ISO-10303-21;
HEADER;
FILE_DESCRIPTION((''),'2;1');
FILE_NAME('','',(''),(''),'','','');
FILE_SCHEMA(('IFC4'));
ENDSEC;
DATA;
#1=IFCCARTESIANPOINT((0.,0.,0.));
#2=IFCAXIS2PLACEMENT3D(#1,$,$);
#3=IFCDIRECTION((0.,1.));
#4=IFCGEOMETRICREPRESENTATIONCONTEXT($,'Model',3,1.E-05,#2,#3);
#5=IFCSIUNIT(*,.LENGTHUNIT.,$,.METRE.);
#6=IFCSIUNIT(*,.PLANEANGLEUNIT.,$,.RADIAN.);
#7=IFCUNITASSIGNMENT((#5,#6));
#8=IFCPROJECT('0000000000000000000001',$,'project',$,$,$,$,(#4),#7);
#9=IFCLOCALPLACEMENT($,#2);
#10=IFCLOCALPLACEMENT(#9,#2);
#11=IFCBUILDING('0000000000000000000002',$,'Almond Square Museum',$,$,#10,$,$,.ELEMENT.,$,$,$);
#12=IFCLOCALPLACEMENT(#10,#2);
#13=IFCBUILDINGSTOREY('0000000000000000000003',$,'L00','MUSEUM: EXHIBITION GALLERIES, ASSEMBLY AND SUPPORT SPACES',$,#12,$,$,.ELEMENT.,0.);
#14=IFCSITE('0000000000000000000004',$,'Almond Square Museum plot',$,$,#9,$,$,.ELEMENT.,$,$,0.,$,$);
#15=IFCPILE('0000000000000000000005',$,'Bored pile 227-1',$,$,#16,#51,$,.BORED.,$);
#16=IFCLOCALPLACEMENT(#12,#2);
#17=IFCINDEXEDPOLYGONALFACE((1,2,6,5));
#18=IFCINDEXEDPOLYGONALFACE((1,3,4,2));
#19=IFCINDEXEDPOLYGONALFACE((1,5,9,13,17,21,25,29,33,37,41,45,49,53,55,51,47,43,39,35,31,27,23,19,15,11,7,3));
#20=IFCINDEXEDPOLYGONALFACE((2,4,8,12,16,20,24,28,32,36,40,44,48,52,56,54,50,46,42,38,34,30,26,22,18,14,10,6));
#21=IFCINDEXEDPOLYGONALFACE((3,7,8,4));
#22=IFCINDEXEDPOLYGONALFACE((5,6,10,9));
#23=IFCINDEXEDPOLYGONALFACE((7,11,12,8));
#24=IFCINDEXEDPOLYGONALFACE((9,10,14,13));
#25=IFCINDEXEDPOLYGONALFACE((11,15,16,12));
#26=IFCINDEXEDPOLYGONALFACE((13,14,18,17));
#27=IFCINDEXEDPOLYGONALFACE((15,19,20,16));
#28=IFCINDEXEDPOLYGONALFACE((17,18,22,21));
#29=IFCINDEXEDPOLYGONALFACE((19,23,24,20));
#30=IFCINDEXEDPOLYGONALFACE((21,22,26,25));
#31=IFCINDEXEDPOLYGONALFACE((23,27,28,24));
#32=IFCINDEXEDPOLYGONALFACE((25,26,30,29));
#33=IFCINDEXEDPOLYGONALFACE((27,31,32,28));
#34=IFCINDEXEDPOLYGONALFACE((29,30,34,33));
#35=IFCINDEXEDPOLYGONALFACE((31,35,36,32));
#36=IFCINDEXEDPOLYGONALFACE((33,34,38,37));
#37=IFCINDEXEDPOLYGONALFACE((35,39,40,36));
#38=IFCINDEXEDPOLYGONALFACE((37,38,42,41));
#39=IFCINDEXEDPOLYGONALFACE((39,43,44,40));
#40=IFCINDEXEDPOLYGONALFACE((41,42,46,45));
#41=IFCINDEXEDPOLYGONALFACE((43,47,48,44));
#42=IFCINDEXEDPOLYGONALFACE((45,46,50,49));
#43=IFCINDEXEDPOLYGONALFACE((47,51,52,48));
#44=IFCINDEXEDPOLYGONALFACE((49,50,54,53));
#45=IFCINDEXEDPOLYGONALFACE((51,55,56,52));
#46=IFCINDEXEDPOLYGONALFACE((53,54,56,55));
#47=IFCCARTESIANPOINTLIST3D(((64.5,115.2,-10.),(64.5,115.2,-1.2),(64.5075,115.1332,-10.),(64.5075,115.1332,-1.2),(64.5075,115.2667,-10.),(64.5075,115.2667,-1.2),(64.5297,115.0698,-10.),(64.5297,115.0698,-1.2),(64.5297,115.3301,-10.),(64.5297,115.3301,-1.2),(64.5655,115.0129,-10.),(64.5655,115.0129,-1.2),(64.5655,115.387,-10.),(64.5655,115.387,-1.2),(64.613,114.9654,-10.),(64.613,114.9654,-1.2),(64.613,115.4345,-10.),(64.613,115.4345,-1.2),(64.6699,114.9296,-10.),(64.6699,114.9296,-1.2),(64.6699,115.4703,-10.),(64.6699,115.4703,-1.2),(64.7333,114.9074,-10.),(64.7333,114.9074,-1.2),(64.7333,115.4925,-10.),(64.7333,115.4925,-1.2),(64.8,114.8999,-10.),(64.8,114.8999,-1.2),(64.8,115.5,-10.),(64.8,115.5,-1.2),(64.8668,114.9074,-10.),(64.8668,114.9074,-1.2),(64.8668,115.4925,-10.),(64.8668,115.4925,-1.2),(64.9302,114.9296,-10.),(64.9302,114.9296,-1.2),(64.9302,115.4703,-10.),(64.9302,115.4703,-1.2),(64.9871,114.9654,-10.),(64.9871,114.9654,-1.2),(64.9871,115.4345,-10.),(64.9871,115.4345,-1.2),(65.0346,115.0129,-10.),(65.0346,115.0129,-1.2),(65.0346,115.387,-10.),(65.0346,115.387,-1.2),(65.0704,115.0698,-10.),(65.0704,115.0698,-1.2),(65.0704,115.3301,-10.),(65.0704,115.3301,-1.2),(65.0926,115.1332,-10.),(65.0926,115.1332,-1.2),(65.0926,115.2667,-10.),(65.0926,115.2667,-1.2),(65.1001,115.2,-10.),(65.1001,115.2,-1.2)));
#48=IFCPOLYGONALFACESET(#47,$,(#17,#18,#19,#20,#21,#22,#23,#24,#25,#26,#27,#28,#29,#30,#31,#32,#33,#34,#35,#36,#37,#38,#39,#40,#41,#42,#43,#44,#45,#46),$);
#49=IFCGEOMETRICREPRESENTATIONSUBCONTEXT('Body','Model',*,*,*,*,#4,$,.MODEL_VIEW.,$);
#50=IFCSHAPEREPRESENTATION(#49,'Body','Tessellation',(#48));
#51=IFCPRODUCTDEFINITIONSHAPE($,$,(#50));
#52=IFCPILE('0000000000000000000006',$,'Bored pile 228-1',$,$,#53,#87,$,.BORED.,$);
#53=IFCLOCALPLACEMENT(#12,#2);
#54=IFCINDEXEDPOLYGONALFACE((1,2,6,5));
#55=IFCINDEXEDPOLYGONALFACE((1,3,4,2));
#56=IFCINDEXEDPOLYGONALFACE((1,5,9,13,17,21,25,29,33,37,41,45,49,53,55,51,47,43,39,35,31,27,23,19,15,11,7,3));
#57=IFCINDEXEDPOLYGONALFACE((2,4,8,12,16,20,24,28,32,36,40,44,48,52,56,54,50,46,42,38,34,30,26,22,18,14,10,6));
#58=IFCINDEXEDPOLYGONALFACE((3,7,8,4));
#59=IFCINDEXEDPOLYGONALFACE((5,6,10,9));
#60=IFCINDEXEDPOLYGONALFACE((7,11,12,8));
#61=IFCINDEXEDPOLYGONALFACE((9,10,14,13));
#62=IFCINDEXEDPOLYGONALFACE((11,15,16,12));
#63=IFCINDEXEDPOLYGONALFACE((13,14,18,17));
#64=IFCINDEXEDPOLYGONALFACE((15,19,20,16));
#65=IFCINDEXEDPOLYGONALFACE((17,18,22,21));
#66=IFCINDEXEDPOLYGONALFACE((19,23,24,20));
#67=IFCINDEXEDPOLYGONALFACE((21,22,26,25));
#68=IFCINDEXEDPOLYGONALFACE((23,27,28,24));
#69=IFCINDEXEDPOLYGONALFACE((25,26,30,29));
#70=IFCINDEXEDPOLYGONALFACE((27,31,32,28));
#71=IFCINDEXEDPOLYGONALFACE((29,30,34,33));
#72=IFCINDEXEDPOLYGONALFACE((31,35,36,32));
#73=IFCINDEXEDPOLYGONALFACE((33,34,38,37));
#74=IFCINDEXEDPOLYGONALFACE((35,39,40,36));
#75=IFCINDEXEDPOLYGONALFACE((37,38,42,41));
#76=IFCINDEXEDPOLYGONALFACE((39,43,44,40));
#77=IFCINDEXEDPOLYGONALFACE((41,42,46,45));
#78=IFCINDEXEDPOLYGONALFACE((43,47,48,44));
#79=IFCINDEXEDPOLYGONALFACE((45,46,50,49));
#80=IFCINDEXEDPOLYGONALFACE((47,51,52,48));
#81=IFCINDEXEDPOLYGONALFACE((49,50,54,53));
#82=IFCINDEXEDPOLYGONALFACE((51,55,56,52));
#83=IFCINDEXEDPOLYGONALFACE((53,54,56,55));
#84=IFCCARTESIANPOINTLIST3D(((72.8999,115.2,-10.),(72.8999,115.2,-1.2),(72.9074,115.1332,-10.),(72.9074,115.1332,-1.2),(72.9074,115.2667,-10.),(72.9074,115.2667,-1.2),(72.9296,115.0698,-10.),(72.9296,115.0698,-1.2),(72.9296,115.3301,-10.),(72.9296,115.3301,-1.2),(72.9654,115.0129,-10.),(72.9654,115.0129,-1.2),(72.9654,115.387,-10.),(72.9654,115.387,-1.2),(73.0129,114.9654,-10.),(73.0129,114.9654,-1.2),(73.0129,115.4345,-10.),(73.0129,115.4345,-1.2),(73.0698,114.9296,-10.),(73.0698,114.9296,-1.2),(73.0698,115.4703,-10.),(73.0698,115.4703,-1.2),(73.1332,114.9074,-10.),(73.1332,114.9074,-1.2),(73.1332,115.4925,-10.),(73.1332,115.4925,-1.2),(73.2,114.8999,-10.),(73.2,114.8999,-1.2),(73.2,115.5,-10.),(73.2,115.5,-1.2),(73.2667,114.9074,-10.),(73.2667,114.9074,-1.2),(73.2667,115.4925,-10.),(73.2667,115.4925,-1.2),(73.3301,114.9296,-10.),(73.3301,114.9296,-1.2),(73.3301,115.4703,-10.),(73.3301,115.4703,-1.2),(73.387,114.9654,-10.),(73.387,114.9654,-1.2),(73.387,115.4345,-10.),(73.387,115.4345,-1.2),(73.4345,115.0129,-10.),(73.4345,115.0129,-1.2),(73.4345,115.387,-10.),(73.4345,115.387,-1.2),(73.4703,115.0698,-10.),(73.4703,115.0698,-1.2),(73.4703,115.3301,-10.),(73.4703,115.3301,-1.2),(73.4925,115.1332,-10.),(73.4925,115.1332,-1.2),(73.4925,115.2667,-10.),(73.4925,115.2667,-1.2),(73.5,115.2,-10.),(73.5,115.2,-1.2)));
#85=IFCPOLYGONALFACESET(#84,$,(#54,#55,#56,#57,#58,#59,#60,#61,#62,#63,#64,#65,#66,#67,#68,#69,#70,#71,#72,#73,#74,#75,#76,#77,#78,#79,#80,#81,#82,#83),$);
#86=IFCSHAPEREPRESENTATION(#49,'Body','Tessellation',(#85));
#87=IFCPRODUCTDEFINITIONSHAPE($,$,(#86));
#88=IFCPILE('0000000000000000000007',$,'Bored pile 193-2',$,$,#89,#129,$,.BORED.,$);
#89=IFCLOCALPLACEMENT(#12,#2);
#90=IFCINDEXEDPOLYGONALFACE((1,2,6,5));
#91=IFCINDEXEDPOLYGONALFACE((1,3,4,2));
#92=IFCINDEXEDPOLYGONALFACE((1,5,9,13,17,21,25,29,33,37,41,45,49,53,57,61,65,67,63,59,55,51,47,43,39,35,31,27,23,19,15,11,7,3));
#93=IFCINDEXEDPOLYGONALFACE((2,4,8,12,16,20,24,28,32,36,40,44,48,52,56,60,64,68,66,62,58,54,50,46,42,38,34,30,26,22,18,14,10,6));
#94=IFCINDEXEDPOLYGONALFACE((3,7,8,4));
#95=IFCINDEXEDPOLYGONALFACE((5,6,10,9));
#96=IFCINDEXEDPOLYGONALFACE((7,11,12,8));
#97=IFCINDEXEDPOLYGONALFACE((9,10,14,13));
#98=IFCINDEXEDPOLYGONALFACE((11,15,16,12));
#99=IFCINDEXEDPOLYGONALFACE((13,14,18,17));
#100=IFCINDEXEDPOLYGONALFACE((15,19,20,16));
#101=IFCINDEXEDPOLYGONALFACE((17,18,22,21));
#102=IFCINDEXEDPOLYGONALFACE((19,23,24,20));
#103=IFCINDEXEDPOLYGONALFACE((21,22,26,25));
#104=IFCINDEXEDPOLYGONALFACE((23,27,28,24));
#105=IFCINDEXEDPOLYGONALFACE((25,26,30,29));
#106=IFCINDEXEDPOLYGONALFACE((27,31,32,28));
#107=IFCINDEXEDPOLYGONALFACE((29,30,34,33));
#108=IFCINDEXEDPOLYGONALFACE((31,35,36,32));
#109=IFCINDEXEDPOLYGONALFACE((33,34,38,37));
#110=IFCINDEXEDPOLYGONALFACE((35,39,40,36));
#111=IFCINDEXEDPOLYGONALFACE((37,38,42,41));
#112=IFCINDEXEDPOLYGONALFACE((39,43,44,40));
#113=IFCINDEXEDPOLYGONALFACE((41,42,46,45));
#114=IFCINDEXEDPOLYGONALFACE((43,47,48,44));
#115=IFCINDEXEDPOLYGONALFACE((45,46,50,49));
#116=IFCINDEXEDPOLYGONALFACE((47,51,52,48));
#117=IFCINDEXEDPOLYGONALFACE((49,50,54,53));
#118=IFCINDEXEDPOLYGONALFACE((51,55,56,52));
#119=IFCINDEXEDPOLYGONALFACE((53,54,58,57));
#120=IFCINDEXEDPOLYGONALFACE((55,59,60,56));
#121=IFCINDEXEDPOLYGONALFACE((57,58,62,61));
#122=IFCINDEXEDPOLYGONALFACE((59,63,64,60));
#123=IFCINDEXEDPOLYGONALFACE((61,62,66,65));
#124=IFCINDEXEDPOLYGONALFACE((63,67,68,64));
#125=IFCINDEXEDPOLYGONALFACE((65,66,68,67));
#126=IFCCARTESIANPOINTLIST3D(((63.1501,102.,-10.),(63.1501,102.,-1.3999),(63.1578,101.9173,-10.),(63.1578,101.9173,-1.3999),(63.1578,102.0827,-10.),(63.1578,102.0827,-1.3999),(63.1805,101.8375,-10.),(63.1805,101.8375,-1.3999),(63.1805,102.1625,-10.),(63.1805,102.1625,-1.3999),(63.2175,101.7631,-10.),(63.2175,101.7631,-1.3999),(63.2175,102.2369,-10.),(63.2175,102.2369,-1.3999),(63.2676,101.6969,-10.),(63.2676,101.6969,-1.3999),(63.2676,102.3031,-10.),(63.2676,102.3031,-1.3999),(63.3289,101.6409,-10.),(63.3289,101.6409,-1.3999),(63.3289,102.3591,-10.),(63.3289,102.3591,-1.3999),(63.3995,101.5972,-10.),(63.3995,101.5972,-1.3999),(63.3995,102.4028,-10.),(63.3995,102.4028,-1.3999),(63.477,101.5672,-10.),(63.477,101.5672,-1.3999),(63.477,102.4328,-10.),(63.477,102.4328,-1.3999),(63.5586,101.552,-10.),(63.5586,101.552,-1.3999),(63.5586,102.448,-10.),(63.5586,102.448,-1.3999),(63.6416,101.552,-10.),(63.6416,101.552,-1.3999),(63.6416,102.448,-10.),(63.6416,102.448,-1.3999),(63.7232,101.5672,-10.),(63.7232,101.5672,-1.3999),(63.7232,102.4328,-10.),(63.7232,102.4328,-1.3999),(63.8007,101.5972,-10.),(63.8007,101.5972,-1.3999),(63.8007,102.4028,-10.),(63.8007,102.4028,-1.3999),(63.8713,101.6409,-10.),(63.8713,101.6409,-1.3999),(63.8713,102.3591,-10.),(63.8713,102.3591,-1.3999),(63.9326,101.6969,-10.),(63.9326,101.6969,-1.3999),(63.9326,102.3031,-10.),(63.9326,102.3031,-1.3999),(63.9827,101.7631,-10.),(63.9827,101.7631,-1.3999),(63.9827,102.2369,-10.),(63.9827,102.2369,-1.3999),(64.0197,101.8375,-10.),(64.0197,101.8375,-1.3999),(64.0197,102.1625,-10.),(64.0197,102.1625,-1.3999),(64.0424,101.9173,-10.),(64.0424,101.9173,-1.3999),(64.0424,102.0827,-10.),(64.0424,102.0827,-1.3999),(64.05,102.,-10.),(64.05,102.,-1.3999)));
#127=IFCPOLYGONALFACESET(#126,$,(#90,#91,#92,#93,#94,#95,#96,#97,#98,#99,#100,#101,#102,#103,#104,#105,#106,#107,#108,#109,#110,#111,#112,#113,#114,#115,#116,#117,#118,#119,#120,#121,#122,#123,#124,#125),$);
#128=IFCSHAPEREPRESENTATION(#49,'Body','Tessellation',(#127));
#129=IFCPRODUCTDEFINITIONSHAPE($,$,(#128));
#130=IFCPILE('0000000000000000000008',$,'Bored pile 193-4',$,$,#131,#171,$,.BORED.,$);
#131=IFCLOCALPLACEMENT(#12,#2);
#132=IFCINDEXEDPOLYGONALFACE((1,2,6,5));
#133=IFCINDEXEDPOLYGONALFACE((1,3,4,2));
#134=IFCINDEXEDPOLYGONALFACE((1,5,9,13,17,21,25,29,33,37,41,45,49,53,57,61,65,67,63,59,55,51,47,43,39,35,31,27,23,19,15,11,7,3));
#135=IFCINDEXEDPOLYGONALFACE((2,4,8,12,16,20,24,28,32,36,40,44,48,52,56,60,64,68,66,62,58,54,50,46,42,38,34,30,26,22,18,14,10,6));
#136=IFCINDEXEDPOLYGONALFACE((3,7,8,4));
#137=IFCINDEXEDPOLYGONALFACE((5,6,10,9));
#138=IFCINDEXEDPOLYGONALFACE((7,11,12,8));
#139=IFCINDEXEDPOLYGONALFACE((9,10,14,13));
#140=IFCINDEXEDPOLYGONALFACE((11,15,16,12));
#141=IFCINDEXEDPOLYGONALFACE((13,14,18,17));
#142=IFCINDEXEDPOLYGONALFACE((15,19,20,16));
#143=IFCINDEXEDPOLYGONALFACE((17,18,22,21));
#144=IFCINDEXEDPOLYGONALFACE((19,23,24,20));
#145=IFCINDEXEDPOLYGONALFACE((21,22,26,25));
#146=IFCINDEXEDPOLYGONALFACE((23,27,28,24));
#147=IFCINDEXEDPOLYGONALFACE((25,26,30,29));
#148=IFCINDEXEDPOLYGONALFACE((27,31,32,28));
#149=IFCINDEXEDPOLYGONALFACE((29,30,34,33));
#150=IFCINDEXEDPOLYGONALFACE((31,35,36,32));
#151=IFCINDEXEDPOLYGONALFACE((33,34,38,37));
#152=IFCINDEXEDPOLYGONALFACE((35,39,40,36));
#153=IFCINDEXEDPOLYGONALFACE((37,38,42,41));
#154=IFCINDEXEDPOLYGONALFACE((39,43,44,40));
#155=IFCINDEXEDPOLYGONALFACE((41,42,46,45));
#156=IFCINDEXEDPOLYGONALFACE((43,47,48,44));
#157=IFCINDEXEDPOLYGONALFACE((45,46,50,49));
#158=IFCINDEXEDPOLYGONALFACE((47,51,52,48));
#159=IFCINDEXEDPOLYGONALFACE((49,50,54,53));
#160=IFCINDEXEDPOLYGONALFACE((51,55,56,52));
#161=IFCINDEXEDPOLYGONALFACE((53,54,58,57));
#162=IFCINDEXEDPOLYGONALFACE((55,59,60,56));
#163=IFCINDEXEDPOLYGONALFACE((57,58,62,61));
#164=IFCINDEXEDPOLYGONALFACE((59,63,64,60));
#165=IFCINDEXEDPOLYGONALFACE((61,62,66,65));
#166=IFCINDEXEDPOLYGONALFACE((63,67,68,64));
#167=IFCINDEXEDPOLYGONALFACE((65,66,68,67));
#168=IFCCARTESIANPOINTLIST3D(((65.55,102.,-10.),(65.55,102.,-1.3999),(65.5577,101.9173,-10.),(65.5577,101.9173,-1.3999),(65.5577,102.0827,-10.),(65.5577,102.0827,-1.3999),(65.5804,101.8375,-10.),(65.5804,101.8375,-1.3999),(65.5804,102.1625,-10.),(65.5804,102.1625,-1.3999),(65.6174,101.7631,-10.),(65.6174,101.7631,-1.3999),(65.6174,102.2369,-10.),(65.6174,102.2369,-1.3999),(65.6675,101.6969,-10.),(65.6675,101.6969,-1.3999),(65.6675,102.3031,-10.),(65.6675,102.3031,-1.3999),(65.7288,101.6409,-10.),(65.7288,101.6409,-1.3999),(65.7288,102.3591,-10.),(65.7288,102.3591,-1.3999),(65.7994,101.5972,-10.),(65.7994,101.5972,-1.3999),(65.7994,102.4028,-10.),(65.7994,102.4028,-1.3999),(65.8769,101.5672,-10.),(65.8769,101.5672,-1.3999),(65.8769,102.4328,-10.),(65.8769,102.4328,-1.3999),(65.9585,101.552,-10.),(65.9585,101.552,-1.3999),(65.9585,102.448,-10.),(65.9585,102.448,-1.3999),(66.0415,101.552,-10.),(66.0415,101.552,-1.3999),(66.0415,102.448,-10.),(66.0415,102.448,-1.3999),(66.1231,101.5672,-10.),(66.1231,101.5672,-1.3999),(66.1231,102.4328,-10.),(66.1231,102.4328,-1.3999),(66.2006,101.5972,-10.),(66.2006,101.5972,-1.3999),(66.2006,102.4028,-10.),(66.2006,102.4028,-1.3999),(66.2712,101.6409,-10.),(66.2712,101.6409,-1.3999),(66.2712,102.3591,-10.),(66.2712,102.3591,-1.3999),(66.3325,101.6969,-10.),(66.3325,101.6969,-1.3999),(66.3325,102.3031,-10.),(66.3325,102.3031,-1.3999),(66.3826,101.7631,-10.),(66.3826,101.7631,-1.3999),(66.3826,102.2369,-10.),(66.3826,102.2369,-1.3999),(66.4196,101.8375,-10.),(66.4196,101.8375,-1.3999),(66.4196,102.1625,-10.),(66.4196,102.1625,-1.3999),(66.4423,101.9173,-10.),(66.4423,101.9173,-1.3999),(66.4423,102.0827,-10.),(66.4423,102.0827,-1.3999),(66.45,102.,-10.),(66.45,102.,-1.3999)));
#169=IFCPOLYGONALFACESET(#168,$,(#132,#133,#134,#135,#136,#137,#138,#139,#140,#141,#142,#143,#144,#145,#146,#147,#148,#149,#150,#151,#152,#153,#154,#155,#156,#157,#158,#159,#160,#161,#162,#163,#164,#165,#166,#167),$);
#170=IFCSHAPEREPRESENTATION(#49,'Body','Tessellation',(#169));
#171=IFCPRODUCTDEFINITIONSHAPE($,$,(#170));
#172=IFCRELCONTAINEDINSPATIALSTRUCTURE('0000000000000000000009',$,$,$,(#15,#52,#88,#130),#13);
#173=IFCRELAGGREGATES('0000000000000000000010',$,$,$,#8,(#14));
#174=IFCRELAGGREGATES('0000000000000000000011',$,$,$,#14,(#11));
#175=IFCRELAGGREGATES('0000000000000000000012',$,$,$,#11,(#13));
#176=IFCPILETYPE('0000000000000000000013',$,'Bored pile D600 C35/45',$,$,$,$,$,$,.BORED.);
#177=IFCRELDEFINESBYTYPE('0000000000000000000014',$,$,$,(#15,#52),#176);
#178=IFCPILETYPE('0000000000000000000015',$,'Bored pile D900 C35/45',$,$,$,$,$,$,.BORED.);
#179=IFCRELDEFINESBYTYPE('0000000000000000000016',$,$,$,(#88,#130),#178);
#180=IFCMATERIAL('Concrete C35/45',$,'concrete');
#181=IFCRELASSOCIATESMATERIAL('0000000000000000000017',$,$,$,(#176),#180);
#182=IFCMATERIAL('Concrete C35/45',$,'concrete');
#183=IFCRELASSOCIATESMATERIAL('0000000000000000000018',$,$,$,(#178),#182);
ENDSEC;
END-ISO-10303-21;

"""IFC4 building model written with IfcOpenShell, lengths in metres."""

from ifc_helpers import new_model, si_unit, direction, frame, origin, origin_2d, place, context, subcontext, project, spatial, circle, extrude, material, material_profile, profile_set, type_object, element, save


model = new_model("IFC4")

# Units and contexts
model_context = context("Model", 3, precision=1e-05, world=origin(), true_north=direction((0.0, 1.0)))
body_context = subcontext(model_context, "Body", "Model", "MODEL_VIEW")
ifc_project = project(units=[si_unit("LENGTHUNIT", "METRE"), si_unit("PLANEANGLEUNIT", "RADIAN")], contexts=[model_context])

# Site, building, storey
site_placement = place(None, origin())
site = spatial("IfcSite", under=ifc_project, at=site_placement, Name="Almond Square Museum plot", CompositionType="ELEMENT", RefElevation=0.0)
building_placement = place(site_placement, origin())
building = spatial("IfcBuilding", under=site, at=building_placement, Name="Almond Square Museum", CompositionType="ELEMENT")
storey_placement = place(building_placement, origin())
storey = spatial("IfcBuildingStorey", under=building, at=storey_placement, Name="L00", Description="MUSEUM: EXHIBITION GALLERIES, ASSEMBLY AND SUPPORT SPACES", CompositionType="ELEMENT", Elevation=0.0)

# Piles
ifc_material_1 = material(Name="Concrete C35/45", Category="concrete")
ifc_material_profile_1 = material_profile(ifc_material_1, circle(Radius=0.3, at=origin_2d()))
ifc_profile_set_1 = profile_set([ifc_material_profile_1], Name="Concrete C35/45")
pile_type_1 = type_object("IfcPileType", Name="Bored pile D600 C35/45", PredefinedType="BORED", material=ifc_profile_set_1)
for number, where, z_axis, x_axis, name in (
    (1, (64.8, 115.2, -1.2), (0.0, 0.0, -1.0), (1.0, 0.0, 0.0), "Bored pile 227-1"),
    (2, (73.2, 115.2, -1.2), (0.0, 0.0, -1.0), (1.0, 0.0, 0.0), "Bored pile 228-1"),
):
    element("IfcPile", number, at=place(storey_placement, frame(where, z_axis=z_axis, x_axis=x_axis)), inside=storey, type_object=pile_type_1, Name=name, PredefinedType="BORED", context=body_context, shape_type="SweptSolid", body=[
        extrude(circle(Radius=0.3, at=origin_2d()), origin(), (0.0, 0.0, 1.0), 8.8),
    ])
ifc_material_2 = material(Name="Concrete C35/45", Category="concrete")
ifc_material_profile_2 = material_profile(ifc_material_2, circle(Radius=0.45, at=origin_2d()))
ifc_profile_set_2 = profile_set([ifc_material_profile_2], Name="Concrete C35/45")
pile_type_2 = type_object("IfcPileType", Name="Bored pile D900 C35/45", PredefinedType="BORED", material=ifc_profile_set_2)
for number, where, z_axis, x_axis, name in (
    (3, (63.6001, 102.0, -1.3999), (0.0, 0.0, -1.0), (1.0, 0.0, 0.0), "Bored pile 193-2"),
    (4, (66.0, 102.0, -1.3999), (0.0, 0.0, -1.0), (1.0, 0.0, 0.0), "Bored pile 193-4"),
):
    element("IfcPile", number, at=place(storey_placement, frame(where, z_axis=z_axis, x_axis=x_axis)), inside=storey, type_object=pile_type_2, Name=name, PredefinedType="BORED", context=body_context, shape_type="SweptSolid", body=[
        extrude(circle(Radius=0.45, at=origin_2d()), origin(), (0.0, 0.0, 1.0), 8.6001),
    ])

save(model, "model.ifc")
